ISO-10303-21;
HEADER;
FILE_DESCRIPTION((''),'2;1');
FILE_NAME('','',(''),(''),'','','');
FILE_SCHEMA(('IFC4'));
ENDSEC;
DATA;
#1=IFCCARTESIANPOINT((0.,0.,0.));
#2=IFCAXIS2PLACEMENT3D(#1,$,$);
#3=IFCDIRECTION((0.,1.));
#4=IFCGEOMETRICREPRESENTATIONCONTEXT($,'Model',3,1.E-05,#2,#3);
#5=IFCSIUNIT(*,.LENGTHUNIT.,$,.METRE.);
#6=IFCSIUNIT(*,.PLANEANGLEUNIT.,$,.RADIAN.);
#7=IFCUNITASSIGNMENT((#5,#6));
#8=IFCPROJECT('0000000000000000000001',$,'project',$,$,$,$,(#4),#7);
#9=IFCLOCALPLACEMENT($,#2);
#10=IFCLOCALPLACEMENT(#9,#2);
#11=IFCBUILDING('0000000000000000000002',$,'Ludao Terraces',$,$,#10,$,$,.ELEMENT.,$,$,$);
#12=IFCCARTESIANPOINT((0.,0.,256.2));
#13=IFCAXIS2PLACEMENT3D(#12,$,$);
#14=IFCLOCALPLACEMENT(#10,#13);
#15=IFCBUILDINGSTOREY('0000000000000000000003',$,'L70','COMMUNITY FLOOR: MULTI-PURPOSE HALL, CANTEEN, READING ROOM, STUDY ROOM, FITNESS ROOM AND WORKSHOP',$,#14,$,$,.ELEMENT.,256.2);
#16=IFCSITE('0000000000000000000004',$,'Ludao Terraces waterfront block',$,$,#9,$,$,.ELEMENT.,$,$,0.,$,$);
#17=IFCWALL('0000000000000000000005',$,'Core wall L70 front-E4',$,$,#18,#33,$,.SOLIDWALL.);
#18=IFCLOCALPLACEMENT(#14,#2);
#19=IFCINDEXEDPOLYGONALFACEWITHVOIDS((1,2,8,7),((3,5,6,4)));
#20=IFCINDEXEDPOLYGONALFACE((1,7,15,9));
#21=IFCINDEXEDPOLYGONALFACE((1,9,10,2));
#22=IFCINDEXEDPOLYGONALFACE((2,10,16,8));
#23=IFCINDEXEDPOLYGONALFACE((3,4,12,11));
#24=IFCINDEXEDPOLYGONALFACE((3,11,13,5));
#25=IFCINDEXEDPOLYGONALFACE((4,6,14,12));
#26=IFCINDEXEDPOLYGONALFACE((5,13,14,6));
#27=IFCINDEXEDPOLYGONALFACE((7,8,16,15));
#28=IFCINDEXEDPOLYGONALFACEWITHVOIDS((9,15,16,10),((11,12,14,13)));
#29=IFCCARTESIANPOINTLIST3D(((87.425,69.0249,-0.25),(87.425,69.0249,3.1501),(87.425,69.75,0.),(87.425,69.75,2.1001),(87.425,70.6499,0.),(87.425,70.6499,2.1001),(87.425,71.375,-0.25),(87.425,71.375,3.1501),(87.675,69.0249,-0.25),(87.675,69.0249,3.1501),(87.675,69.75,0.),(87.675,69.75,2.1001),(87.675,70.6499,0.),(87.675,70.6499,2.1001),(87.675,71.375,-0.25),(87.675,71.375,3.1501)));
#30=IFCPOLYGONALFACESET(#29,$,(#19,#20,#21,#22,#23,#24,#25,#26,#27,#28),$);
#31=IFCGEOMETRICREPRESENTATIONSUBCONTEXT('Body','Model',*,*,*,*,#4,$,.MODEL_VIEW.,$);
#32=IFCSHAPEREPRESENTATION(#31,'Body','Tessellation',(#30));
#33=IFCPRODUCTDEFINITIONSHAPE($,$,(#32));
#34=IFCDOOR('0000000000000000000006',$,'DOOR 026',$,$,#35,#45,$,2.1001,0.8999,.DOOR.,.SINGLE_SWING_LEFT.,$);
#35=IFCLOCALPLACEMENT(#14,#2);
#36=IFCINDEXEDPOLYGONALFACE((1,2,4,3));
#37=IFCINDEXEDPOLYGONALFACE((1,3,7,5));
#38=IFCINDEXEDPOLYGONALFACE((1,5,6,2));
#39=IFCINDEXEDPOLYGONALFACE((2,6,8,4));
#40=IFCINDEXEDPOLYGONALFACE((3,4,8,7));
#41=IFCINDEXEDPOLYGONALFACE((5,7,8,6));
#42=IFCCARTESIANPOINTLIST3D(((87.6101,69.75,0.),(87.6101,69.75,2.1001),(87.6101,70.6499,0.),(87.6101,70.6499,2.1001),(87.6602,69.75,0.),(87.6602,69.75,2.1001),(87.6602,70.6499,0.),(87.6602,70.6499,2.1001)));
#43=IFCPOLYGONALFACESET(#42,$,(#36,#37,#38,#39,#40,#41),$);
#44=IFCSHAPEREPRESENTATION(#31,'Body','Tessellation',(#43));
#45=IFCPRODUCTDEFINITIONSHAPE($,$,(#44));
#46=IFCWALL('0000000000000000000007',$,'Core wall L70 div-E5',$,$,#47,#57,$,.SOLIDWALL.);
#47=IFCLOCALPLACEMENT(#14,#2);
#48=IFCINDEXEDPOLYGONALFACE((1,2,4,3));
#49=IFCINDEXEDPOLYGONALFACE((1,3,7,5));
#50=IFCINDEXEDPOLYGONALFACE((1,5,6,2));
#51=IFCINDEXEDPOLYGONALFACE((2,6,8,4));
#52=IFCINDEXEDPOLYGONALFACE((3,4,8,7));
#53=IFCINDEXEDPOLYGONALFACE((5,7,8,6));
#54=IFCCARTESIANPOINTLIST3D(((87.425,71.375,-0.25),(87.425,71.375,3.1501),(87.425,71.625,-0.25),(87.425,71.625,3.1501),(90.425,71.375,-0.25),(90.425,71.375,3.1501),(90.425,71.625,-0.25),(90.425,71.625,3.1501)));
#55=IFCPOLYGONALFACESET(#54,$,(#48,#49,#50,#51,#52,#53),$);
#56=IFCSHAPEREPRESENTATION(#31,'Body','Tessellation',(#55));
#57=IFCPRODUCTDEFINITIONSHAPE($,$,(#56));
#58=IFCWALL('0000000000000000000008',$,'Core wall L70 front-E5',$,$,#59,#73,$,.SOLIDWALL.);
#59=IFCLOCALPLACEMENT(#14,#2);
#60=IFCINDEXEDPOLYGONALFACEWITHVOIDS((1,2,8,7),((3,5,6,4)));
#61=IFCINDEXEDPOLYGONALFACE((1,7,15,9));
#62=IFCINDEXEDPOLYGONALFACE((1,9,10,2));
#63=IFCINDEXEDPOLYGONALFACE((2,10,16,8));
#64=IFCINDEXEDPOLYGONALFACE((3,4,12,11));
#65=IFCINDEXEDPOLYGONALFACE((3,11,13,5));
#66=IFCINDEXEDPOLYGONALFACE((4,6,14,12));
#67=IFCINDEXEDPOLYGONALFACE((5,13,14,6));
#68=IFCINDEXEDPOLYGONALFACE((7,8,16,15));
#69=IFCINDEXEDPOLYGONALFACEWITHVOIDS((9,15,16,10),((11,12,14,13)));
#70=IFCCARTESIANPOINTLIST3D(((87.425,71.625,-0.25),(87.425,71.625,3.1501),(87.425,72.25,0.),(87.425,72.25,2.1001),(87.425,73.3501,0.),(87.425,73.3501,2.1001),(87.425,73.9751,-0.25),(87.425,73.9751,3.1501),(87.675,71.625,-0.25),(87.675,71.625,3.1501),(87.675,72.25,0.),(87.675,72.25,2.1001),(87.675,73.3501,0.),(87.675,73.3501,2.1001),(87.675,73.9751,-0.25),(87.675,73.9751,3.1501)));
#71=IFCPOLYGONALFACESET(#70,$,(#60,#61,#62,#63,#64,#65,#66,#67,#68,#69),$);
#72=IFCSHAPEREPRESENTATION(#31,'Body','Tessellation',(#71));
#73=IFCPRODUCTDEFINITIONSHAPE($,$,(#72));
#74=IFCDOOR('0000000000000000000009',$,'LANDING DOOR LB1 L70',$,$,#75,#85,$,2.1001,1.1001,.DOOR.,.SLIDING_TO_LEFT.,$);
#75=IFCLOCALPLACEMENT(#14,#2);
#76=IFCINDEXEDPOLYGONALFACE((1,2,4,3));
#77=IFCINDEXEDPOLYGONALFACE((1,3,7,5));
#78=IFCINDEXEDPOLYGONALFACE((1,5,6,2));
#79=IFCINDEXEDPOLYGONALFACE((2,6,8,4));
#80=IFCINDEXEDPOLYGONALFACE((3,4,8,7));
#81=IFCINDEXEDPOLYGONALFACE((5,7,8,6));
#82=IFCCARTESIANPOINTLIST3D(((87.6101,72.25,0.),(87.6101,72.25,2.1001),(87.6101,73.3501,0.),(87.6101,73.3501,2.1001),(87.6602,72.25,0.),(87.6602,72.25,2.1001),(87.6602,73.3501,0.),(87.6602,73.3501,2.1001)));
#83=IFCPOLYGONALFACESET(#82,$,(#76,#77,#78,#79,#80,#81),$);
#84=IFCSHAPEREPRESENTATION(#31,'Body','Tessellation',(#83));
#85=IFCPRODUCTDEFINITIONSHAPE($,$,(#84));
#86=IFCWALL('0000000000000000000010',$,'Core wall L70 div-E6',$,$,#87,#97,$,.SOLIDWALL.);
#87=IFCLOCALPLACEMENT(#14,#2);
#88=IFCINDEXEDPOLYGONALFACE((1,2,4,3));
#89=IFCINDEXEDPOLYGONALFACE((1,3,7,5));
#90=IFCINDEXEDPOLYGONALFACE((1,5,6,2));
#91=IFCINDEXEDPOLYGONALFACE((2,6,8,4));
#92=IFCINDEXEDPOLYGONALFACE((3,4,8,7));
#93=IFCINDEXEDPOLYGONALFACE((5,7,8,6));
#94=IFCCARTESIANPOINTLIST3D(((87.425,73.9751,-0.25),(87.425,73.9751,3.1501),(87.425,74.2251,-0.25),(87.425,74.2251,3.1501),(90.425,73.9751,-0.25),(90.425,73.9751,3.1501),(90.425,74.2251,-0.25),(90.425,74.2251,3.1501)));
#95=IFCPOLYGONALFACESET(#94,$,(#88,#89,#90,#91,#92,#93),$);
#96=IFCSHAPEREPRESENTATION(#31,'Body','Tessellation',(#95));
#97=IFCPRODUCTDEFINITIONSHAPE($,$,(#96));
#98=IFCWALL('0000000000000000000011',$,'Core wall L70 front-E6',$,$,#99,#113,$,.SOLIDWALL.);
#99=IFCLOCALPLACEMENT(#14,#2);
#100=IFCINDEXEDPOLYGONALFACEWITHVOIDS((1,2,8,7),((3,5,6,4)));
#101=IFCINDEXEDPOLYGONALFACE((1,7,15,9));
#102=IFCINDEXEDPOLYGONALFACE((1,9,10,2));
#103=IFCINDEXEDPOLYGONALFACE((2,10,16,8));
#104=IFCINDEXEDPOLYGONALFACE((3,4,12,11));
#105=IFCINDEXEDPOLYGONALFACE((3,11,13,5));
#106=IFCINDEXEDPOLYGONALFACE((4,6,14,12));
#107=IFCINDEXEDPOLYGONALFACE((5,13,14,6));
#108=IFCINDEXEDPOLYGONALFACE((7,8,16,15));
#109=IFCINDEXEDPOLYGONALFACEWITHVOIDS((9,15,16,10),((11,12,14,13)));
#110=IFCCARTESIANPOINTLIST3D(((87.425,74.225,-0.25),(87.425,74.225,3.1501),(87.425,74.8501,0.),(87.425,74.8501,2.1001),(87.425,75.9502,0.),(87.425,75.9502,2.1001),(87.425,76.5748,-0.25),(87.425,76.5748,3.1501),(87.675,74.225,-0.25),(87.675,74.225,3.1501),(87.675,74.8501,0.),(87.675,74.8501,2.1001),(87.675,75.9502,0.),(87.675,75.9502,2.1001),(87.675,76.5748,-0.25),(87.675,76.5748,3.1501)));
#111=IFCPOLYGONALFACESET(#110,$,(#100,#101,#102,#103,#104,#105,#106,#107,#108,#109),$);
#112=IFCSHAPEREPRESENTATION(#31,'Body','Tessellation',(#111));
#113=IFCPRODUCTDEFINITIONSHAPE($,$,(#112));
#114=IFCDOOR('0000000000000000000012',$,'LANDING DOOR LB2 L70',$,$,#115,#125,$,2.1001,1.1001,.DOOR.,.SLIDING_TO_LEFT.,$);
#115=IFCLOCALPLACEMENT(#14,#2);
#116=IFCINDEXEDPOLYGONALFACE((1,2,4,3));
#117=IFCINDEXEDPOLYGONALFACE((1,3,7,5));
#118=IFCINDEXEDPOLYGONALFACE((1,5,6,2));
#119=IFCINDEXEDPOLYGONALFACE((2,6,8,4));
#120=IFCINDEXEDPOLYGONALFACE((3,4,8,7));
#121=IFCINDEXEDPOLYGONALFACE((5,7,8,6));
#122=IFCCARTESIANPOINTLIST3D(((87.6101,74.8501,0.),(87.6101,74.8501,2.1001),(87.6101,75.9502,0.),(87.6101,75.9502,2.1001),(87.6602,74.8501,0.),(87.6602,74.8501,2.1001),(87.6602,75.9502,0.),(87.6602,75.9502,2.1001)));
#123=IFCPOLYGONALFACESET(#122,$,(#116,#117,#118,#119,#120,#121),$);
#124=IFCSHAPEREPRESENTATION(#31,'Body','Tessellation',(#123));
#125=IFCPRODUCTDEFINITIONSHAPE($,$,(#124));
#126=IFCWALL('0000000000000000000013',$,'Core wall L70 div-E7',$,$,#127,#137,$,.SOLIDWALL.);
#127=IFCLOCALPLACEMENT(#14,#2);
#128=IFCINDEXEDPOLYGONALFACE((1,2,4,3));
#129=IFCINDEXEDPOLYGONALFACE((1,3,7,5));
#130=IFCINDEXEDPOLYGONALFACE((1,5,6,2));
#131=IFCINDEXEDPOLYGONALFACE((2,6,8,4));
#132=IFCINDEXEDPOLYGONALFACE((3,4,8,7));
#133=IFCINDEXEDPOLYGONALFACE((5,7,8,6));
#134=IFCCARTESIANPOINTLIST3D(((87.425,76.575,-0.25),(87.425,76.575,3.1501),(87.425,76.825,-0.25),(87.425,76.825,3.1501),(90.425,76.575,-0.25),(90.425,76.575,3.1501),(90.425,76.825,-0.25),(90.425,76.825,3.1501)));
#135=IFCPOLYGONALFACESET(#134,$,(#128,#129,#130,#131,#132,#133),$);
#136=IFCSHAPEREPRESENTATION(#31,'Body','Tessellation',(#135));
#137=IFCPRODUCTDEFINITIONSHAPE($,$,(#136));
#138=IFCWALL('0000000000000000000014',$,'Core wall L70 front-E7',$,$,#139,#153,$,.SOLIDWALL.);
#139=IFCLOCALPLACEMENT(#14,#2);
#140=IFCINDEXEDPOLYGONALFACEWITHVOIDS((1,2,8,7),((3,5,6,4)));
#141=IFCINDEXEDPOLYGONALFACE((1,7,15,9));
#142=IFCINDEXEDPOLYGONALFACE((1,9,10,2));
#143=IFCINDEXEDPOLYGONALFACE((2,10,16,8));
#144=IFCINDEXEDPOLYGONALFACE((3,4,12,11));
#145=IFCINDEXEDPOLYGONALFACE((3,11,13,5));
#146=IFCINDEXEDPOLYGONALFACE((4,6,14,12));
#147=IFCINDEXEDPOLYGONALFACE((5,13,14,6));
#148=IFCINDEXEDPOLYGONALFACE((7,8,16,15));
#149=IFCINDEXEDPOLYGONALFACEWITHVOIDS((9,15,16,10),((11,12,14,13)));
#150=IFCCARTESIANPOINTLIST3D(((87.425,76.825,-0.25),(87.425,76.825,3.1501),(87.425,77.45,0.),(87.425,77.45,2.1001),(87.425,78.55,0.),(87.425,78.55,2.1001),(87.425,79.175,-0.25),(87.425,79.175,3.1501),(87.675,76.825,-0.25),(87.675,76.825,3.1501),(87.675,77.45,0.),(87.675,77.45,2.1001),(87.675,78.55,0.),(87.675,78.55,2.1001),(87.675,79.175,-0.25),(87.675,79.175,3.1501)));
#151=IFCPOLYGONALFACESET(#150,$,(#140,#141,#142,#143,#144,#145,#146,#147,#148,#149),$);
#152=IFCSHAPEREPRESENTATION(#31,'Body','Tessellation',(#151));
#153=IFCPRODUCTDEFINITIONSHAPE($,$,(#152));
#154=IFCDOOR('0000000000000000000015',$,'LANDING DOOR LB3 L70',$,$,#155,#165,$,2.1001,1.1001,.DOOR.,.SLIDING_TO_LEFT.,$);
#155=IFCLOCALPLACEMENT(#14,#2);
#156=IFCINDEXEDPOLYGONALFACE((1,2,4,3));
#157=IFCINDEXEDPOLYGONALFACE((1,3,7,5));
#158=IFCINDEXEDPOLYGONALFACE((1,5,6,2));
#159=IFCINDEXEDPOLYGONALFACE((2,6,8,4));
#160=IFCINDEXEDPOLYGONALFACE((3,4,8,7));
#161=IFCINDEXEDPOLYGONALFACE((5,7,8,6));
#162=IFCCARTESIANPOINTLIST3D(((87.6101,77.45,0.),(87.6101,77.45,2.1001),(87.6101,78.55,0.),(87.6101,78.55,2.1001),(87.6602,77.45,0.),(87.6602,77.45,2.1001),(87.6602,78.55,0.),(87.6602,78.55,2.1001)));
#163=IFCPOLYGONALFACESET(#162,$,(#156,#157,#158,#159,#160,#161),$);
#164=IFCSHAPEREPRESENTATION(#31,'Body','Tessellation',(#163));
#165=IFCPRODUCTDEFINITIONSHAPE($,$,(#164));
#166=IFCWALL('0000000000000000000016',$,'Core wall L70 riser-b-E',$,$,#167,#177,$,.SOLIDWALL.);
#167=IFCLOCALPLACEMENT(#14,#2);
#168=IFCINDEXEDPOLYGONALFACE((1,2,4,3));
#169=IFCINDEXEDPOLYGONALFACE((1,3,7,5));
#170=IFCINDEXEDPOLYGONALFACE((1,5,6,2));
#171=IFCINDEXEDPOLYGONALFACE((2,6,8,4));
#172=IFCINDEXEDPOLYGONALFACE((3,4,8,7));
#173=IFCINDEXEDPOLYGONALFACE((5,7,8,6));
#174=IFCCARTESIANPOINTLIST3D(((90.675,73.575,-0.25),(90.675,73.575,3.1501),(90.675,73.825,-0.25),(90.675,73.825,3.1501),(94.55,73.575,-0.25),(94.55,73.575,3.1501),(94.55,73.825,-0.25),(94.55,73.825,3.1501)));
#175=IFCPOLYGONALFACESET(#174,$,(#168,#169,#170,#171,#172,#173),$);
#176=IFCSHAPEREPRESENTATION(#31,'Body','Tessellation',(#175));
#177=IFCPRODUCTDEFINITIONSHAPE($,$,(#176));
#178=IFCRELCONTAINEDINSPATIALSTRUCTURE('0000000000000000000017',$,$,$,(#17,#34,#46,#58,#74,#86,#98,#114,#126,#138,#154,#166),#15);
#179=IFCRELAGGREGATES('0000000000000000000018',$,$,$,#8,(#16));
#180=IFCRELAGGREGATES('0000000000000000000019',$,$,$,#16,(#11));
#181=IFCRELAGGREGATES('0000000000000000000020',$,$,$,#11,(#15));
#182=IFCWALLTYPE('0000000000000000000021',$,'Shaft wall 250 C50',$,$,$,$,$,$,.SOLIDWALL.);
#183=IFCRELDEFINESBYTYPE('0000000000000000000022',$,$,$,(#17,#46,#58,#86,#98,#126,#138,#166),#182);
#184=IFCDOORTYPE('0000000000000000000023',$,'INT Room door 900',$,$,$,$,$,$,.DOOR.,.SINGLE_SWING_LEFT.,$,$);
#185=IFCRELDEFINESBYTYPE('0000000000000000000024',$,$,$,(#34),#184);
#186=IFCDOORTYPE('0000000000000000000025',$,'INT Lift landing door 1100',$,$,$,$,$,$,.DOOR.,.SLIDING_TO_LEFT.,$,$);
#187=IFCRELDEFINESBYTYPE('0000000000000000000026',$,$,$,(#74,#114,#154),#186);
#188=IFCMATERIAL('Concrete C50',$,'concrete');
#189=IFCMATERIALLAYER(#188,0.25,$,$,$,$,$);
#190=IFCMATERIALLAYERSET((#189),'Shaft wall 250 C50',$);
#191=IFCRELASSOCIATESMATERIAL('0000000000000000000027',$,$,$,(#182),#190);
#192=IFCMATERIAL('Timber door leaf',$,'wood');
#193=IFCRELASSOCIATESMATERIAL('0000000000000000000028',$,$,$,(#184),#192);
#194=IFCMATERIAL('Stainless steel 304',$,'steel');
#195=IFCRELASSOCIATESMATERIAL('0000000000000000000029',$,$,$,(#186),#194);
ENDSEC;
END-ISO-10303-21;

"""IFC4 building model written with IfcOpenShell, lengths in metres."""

from ifc_helpers import new_model, si_unit, direction, frame, frame_2d, origin, place, context, subcontext, project, spatial, rectangle, extrude, material, layer, layer_set, type_object, element, fill, save


model = new_model("IFC4")

# Units and contexts
model_context = context("Model", 3, precision=1e-05, world=origin(), true_north=direction((0.0, 1.0)))
body_context = subcontext(model_context, "Body", "Model", "MODEL_VIEW")
ifc_project = project(units=[si_unit("LENGTHUNIT", "METRE"), si_unit("PLANEANGLEUNIT", "RADIAN")], contexts=[model_context])

# Site, building, storey
site_placement = place(None, origin())
site = spatial("IfcSite", under=ifc_project, at=site_placement, Name="Ludao Terraces waterfront block", CompositionType="ELEMENT", RefElevation=0.0)
building_placement = place(site_placement, origin())
building = spatial("IfcBuilding", under=site, at=building_placement, Name="Ludao Terraces", CompositionType="ELEMENT")
storey_placement = place(building_placement, frame((0.0, 0.0, 256.2)))
storey = spatial("IfcBuildingStorey", under=building, at=storey_placement, Name="L70", Description="COMMUNITY FLOOR: MULTI-PURPOSE HALL, CANTEEN, READING ROOM, STUDY ROOM, FITNESS ROOM AND WORKSHOP", CompositionType="ELEMENT", Elevation=256.2)

# Shared definitions
ifc_material_1 = material(Name="Concrete C50", Category="concrete")
ifc_layer_1 = layer(ifc_material_1, 0.25)
ifc_layer_set_1 = layer_set([ifc_layer_1], Name="Shaft wall 250 C50")
wall_type_1 = type_object("IfcWallType", Name="Shaft wall 250 C50", PredefinedType="SOLIDWALL", material=ifc_layer_set_1)

# Shared definitions
ifc_material_2 = material(Name="Timber door leaf", Category="wood")
door_type_1 = type_object("IfcDoorType", Name="INT Room door 900", OperationType="SINGLE_SWING_LEFT", PredefinedType="DOOR", material=ifc_material_2)

# Wall, opening, door
wall_1_placement = place(storey_placement, frame((87.55, 69.0249, -0.25), z_axis=(0.0, 0.0, 1.0), x_axis=(0.0, 1.0, 0.0)))
wall_1 = element("IfcWall", 1, at=wall_1_placement, inside=storey, type_object=wall_type_1, Name="Core wall L70 front-E4", PredefinedType="SOLIDWALL", context=body_context, shape_type="SweptSolid", body=[
    extrude(rectangle(XDim=2.3501, YDim=0.25, at=frame_2d((1.175, 0.0))), origin(), (0.0, 0.0, 1.0), 3.4001),
])
opening_1_placement = place(wall_1_placement, frame((0.7251, 0.0, 0.25)))
opening_1 = element("IfcOpeningElement", 2, at=opening_1_placement, cuts=wall_1, PredefinedType="OPENING", context=body_context, shape_type="SweptSolid", body=[
    extrude(rectangle(XDim=0.8999, YDim=2.1001, at=frame_2d((0.45, 1.05))), frame((0.0, 0.135, 0.0), z_axis=(0.0, -1.0, 0.0), x_axis=(1.0, 0.0, 0.0)), (0.0, 0.0, 1.0), 0.27),
])
door_1_placement = place(opening_1_placement, origin())
door_1 = element("IfcDoor", 3, at=door_1_placement, inside=storey, type_object=door_type_1, Name="DOOR 026", OperationType="SINGLE_SWING_LEFT", OverallHeight=2.1001, OverallWidth=0.8999, PredefinedType="DOOR", context=body_context, shape_type="SweptSolid", body=[
    extrude(rectangle(XDim=0.8999, YDim=2.1001, at=frame_2d((0.45, 1.05))), frame((0.0, -0.0601, 0.0), z_axis=(0.0, -1.0, 0.0), x_axis=(1.0, 0.0, 0.0)), (0.0, 0.0, 1.0), 0.05),
])
fill(opening_1, door_1)

# Wall
wall_2_placement = place(storey_placement, frame((87.425, 71.5, -0.25), z_axis=(0.0, 0.0, 1.0), x_axis=(1.0, 0.0, 0.0)))
element("IfcWall", 4, at=wall_2_placement, inside=storey, type_object=wall_type_1, Name="Core wall L70 div-E5", PredefinedType="SOLIDWALL", context=body_context, shape_type="SweptSolid", body=[
    extrude(rectangle(XDim=3.0, YDim=0.25, at=frame_2d((1.5, 0.0))), origin(), (0.0, 0.0, 1.0), 3.4001),
])

# Wall, opening, door
wall_3_placement = place(storey_placement, frame((87.55, 71.625, -0.25), z_axis=(0.0, 0.0, 1.0), x_axis=(0.0, 1.0, 0.0)))
wall_3 = element("IfcWall", 5, at=wall_3_placement, inside=storey, type_object=wall_type_1, Name="Core wall L70 front-E5", PredefinedType="SOLIDWALL", context=body_context, shape_type="SweptSolid", body=[
    extrude(rectangle(XDim=2.3501, YDim=0.25, at=frame_2d((1.175, 0.0))), origin(), (0.0, 0.0, 1.0), 3.4001),
])
opening_2_placement = place(wall_3_placement, frame((0.625, 0.0, 0.25)))
opening_2 = element("IfcOpeningElement", 6, at=opening_2_placement, cuts=wall_3, PredefinedType="OPENING", context=body_context, shape_type="SweptSolid", body=[
    extrude(rectangle(XDim=1.1001, YDim=2.1001, at=frame_2d((0.55, 1.05))), frame((0.0, 0.135, 0.0), z_axis=(0.0, -1.0, 0.0), x_axis=(1.0, 0.0, 0.0)), (0.0, 0.0, 1.0), 0.27),
])
ifc_material_3 = material(Name="Stainless steel 304", Category="steel")
door_type_2 = type_object("IfcDoorType", Name="INT Lift landing door 1100", OperationType="SLIDING_TO_LEFT", PredefinedType="DOOR", material=ifc_material_3)
door_2_placement = place(opening_2_placement, origin())
door_2 = element("IfcDoor", 7, at=door_2_placement, inside=storey, type_object=door_type_2, Name="LANDING DOOR LB1 L70", OperationType="SLIDING_TO_LEFT", OverallHeight=2.1001, OverallWidth=1.1001, PredefinedType="DOOR", context=body_context, shape_type="SweptSolid", body=[
    extrude(rectangle(XDim=1.1001, YDim=2.1001, at=frame_2d((0.55, 1.05))), frame((0.0, -0.0601, 0.0), z_axis=(0.0, -1.0, 0.0), x_axis=(1.0, 0.0, 0.0)), (0.0, 0.0, 1.0), 0.05),
])
fill(opening_2, door_2)

# Wall
wall_4_placement = place(storey_placement, frame((87.425, 74.1001, -0.25), z_axis=(0.0, 0.0, 1.0), x_axis=(1.0, 0.0, 0.0)))
element("IfcWall", 8, at=wall_4_placement, inside=storey, type_object=wall_type_1, Name="Core wall L70 div-E6", PredefinedType="SOLIDWALL", context=body_context, shape_type="SweptSolid", body=[
    extrude(rectangle(XDim=3.0, YDim=0.25, at=frame_2d((1.5, 0.0))), origin(), (0.0, 0.0, 1.0), 3.4001),
])

# Wall, opening, door
wall_5_placement = place(storey_placement, frame((87.55, 74.2251, -0.25), z_axis=(0.0, 0.0, 1.0), x_axis=(0.0, 1.0, 0.0)))
wall_5 = element("IfcWall", 9, at=wall_5_placement, inside=storey, type_object=wall_type_1, Name="Core wall L70 front-E6", PredefinedType="SOLIDWALL", context=body_context, shape_type="SweptSolid", body=[
    extrude(rectangle(XDim=2.3499, YDim=0.25, at=frame_2d((1.1748, 0.0))), origin(), (0.0, 0.0, 1.0), 3.4001),
])
opening_3_placement = place(wall_5_placement, frame((0.625, 0.0, 0.25)))
opening_3 = element("IfcOpeningElement", 10, at=opening_3_placement, cuts=wall_5, PredefinedType="OPENING", context=body_context, shape_type="SweptSolid", body=[
    extrude(rectangle(XDim=1.1001, YDim=2.1001, at=frame_2d((0.55, 1.05))), frame((0.0, 0.135, 0.0), z_axis=(0.0, -1.0, 0.0), x_axis=(1.0, 0.0, 0.0)), (0.0, 0.0, 1.0), 0.27),
])
door_3_placement = place(opening_3_placement, origin())
door_3 = element("IfcDoor", 11, at=door_3_placement, inside=storey, type_object=door_type_2, Name="LANDING DOOR LB2 L70", OperationType="SLIDING_TO_LEFT", OverallHeight=2.1001, OverallWidth=1.1001, PredefinedType="DOOR", context=body_context, shape_type="SweptSolid", body=[
    extrude(rectangle(XDim=1.1001, YDim=2.1001, at=frame_2d((0.55, 1.05))), frame((0.0, -0.0601, 0.0), z_axis=(0.0, -1.0, 0.0), x_axis=(1.0, 0.0, 0.0)), (0.0, 0.0, 1.0), 0.05),
])
fill(opening_3, door_3)

# Wall
wall_6_placement = place(storey_placement, frame((87.425, 76.7, -0.25), z_axis=(0.0, 0.0, 1.0), x_axis=(1.0, 0.0, 0.0)))
element("IfcWall", 12, at=wall_6_placement, inside=storey, type_object=wall_type_1, Name="Core wall L70 div-E7", PredefinedType="SOLIDWALL", context=body_context, shape_type="SweptSolid", body=[
    extrude(rectangle(XDim=3.0, YDim=0.25, at=frame_2d((1.5, 0.0))), origin(), (0.0, 0.0, 1.0), 3.4001),
])

# Wall, opening, door
wall_7_placement = place(storey_placement, frame((87.55, 76.825, -0.25), z_axis=(0.0, 0.0, 1.0), x_axis=(0.0, 1.0, 0.0)))
wall_7 = element("IfcWall", 13, at=wall_7_placement, inside=storey, type_object=wall_type_1, Name="Core wall L70 front-E7", PredefinedType="SOLIDWALL", context=body_context, shape_type="SweptSolid", body=[
    extrude(rectangle(XDim=2.3501, YDim=0.25, at=frame_2d((1.175, 0.0))), origin(), (0.0, 0.0, 1.0), 3.4001),
])
opening_4_placement = place(wall_7_placement, frame((0.625, 0.0, 0.25)))
opening_4 = element("IfcOpeningElement", 14, at=opening_4_placement, cuts=wall_7, PredefinedType="OPENING", context=body_context, shape_type="SweptSolid", body=[
    extrude(rectangle(XDim=1.1001, YDim=2.1001, at=frame_2d((0.55, 1.05))), frame((0.0, 0.135, 0.0), z_axis=(0.0, -1.0, 0.0), x_axis=(1.0, 0.0, 0.0)), (0.0, 0.0, 1.0), 0.27),
])
door_4_placement = place(opening_4_placement, origin())
door_4 = element("IfcDoor", 15, at=door_4_placement, inside=storey, type_object=door_type_2, Name="LANDING DOOR LB3 L70", OperationType="SLIDING_TO_LEFT", OverallHeight=2.1001, OverallWidth=1.1001, PredefinedType="DOOR", context=body_context, shape_type="SweptSolid", body=[
    extrude(rectangle(XDim=1.1001, YDim=2.1001, at=frame_2d((0.55, 1.05))), frame((0.0, -0.0601, 0.0), z_axis=(0.0, -1.0, 0.0), x_axis=(1.0, 0.0, 0.0)), (0.0, 0.0, 1.0), 0.05),
])
fill(opening_4, door_4)

# Wall
wall_8_placement = place(storey_placement, frame((90.675, 73.7, -0.25), z_axis=(0.0, 0.0, 1.0), x_axis=(1.0, 0.0, 0.0)))
element("IfcWall", 16, at=wall_8_placement, inside=storey, type_object=wall_type_1, Name="Core wall L70 riser-b-E", PredefinedType="SOLIDWALL", context=body_context, shape_type="SweptSolid", body=[
    extrude(rectangle(XDim=3.875, YDim=0.25, at=frame_2d((1.9375, 0.0))), origin(), (0.0, 0.0, 1.0), 3.4001),
])

save(model, "model.ifc")
